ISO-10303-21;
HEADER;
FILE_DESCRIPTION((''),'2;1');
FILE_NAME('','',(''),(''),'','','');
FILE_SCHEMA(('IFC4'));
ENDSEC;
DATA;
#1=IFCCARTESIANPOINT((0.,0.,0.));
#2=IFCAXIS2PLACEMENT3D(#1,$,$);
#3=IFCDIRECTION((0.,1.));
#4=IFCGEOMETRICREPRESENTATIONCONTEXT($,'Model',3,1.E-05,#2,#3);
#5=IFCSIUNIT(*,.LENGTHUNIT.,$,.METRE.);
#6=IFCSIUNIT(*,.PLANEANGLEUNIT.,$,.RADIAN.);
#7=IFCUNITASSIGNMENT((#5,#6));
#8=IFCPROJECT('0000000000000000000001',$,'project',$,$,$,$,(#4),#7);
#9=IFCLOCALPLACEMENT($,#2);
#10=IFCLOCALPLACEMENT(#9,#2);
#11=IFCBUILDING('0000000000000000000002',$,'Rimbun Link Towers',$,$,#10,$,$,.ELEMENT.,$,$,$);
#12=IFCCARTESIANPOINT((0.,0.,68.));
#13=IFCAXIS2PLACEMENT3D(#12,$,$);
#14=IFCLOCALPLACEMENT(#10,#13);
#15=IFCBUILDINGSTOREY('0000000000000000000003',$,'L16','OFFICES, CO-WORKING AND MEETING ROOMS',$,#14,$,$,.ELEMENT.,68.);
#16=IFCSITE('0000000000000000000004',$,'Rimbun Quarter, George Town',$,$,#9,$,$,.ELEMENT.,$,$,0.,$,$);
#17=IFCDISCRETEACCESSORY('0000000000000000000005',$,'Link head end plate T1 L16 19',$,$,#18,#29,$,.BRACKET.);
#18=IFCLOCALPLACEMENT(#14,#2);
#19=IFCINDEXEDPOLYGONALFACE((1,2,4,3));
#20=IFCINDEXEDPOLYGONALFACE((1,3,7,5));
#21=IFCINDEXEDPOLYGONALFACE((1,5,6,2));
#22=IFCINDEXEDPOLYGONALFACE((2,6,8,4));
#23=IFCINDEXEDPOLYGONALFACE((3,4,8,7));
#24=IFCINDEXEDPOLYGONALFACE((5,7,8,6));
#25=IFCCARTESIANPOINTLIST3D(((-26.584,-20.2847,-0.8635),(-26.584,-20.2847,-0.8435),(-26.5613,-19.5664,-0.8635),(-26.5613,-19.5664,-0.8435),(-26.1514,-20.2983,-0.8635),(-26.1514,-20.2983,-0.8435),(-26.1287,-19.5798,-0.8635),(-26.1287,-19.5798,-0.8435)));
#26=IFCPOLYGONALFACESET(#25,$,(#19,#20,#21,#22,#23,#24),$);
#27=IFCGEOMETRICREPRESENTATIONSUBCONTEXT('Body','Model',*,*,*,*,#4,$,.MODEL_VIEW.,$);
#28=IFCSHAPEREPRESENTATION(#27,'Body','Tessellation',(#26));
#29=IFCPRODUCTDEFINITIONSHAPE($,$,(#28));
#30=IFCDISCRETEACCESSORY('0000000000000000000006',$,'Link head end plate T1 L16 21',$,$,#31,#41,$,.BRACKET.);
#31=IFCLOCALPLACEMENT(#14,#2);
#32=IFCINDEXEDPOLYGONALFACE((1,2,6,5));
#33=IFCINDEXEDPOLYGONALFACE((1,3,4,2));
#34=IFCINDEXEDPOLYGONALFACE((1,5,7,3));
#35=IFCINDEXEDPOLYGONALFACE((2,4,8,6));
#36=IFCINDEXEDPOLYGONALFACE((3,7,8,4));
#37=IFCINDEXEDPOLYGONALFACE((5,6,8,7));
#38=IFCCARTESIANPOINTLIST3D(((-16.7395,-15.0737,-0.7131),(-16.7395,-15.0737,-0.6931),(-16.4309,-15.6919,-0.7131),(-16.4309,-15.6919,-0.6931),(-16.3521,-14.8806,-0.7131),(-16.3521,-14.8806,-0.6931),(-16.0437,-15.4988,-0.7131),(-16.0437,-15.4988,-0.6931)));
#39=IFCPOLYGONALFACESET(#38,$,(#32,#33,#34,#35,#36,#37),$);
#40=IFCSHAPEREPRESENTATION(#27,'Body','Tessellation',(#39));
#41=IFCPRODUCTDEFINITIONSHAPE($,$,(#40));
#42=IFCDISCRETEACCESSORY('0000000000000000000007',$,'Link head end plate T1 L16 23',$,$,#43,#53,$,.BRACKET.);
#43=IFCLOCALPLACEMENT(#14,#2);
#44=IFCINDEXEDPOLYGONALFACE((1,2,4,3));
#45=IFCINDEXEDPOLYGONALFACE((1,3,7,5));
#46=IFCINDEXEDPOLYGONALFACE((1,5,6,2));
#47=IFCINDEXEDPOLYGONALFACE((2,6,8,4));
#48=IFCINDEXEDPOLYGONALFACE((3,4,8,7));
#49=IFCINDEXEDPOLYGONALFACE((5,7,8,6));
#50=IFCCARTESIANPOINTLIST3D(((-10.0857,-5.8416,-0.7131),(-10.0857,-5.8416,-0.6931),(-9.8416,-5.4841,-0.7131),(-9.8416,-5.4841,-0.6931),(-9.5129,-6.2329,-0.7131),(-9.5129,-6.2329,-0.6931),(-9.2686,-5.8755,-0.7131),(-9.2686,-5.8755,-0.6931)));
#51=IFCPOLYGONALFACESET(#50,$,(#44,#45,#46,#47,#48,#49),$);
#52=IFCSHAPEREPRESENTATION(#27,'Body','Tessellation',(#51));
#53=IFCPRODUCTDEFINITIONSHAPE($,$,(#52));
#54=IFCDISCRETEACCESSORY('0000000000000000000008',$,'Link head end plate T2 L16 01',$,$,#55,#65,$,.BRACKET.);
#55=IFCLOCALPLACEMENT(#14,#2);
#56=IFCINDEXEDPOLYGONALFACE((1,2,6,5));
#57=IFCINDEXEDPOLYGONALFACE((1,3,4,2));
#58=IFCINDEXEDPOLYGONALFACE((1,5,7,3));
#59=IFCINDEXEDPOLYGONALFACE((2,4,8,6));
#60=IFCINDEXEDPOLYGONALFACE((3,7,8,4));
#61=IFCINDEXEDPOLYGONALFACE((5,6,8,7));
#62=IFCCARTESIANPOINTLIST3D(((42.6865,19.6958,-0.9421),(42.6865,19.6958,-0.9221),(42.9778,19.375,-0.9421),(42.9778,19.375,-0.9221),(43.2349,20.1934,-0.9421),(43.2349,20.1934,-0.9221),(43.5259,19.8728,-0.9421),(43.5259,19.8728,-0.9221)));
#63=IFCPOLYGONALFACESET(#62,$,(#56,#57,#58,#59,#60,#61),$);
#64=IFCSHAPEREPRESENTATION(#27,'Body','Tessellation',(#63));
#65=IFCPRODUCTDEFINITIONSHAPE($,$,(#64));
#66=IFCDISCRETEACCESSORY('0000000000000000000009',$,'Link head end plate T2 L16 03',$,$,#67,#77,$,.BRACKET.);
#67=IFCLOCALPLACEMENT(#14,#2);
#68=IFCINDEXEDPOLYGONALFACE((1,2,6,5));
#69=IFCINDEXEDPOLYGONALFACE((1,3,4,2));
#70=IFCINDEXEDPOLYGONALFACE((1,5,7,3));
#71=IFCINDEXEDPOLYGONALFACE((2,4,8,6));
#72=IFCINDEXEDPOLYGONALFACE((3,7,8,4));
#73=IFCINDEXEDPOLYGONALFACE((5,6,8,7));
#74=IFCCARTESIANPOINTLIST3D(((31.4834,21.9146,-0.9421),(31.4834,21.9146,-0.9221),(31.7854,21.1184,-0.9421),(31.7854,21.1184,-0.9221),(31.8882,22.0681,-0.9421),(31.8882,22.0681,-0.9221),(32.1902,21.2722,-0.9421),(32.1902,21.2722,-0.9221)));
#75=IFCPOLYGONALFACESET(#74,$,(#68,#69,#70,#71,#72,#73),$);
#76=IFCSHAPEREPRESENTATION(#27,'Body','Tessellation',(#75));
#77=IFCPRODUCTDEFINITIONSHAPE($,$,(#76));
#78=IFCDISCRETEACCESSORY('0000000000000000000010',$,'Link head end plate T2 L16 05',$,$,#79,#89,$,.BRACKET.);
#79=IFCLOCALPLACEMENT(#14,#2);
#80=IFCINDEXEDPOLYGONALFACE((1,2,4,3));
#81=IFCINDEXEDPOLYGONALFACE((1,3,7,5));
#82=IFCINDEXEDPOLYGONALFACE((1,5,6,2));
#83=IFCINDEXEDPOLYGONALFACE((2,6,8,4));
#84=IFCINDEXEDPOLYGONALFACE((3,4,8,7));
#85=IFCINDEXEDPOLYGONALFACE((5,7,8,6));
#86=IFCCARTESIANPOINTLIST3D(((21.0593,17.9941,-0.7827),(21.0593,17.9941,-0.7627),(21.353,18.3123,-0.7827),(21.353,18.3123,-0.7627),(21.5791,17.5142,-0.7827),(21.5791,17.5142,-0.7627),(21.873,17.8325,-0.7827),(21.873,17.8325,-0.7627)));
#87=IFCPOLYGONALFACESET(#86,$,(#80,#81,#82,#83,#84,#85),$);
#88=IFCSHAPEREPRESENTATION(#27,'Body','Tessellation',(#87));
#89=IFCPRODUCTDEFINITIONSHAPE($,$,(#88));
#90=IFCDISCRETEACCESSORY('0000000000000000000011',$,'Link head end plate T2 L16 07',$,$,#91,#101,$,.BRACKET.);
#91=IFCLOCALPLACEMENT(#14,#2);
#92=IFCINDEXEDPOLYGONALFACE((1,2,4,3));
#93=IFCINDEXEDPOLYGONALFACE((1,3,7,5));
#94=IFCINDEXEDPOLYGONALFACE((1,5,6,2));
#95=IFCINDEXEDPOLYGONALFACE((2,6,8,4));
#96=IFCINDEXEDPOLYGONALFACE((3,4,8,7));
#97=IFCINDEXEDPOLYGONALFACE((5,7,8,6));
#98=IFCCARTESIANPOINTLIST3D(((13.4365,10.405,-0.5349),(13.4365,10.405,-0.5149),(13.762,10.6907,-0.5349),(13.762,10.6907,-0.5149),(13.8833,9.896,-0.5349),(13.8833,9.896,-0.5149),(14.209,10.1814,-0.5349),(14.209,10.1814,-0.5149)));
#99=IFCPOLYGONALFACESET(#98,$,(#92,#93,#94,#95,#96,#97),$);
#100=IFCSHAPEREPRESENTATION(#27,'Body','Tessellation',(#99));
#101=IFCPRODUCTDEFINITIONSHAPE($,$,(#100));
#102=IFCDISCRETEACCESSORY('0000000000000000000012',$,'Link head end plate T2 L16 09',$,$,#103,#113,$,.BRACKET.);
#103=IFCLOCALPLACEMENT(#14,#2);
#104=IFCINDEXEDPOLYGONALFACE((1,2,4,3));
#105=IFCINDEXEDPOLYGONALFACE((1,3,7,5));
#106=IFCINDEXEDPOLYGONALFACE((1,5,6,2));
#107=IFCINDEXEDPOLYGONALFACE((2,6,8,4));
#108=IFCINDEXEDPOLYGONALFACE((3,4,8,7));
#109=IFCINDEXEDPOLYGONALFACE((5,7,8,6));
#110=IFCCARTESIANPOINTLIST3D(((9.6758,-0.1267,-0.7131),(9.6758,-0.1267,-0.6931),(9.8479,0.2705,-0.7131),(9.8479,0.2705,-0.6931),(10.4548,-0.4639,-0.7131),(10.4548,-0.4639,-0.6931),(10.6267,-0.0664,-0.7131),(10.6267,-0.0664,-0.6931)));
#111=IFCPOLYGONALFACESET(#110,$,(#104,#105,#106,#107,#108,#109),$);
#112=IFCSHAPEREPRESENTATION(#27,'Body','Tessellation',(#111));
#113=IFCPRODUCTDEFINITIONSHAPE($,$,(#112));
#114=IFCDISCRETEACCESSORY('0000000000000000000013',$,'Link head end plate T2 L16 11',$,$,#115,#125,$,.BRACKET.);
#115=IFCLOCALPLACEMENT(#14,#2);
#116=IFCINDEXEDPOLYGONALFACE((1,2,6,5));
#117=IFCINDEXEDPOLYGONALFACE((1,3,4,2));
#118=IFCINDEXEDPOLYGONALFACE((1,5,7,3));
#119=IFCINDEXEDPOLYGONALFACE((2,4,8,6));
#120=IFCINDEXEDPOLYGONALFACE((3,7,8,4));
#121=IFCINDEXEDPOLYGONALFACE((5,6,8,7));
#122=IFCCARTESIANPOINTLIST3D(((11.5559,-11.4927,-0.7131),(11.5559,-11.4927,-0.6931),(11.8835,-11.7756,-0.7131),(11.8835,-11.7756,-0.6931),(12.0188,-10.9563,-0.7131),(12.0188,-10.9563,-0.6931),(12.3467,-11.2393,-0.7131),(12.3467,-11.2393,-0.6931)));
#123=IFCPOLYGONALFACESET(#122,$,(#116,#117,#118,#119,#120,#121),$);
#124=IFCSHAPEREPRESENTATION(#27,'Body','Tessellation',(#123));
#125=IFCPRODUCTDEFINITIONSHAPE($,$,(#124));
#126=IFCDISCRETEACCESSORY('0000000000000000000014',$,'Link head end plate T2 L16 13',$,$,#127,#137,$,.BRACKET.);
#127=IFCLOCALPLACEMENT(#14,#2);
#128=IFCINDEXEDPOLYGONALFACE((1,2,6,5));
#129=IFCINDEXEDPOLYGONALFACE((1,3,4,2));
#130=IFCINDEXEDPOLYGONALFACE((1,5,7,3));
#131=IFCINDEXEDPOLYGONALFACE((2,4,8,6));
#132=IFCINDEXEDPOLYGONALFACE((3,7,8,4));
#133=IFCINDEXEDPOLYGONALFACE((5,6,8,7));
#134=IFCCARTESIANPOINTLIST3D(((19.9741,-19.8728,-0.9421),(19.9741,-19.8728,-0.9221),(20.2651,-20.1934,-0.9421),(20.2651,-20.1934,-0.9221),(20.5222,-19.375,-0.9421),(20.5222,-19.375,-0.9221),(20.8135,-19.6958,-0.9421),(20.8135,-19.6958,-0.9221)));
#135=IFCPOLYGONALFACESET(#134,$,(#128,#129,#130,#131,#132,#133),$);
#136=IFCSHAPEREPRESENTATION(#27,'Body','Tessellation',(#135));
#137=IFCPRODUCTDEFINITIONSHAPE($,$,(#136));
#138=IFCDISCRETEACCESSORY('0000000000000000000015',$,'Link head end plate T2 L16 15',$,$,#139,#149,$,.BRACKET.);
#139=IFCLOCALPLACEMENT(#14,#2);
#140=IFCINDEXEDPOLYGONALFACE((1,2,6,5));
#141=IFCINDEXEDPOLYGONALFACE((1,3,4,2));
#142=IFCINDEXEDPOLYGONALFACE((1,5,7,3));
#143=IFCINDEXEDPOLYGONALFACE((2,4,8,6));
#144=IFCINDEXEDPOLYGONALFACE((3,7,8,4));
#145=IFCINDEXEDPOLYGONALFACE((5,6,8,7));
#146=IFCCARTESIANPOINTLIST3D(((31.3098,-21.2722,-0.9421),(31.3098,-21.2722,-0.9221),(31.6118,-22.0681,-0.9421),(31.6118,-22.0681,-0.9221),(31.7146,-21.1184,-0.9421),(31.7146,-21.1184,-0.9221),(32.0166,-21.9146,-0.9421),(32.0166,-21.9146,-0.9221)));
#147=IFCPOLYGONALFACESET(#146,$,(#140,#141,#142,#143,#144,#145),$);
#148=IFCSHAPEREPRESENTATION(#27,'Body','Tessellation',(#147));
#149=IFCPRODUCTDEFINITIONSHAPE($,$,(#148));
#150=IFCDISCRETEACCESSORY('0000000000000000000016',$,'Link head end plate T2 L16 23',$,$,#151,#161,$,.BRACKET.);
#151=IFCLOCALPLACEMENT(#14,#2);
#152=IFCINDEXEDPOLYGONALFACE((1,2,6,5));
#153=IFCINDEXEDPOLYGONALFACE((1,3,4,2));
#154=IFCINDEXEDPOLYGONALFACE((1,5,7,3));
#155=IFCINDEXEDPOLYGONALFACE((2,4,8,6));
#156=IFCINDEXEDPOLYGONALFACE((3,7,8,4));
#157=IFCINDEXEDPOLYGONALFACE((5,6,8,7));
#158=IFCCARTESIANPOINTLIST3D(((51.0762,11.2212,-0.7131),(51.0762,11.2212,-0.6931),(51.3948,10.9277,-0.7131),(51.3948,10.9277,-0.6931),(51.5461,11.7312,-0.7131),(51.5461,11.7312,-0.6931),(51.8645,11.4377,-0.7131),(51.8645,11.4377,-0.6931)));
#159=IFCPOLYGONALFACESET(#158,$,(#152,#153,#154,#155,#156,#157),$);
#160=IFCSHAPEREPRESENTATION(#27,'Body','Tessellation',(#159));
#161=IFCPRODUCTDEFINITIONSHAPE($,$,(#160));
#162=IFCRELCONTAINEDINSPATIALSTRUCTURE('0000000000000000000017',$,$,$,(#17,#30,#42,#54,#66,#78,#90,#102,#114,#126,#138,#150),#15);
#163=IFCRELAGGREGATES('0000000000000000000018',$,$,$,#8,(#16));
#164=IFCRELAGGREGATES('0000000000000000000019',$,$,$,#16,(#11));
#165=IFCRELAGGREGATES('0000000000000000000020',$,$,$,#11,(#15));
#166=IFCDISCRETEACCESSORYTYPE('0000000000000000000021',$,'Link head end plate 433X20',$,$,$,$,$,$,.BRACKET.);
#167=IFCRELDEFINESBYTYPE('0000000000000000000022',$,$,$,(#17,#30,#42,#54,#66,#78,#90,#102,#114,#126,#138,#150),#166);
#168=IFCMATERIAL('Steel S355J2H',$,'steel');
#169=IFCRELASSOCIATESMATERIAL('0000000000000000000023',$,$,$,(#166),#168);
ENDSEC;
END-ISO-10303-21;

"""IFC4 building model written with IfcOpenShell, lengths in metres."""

from ifc_helpers import new_model, si_unit, direction, frame, origin, origin_2d, place, context, subcontext, project, spatial, polyline, rectangle, outline, extrude, material, material_profile, profile_set, type_object, element, save


model = new_model("IFC4")

# Units and contexts
model_context = context("Model", 3, precision=1e-05, world=origin(), true_north=direction((0.0, 1.0)))
body_context = subcontext(model_context, "Body", "Model", "MODEL_VIEW")
ifc_project = project(units=[si_unit("LENGTHUNIT", "METRE"), si_unit("PLANEANGLEUNIT", "RADIAN")], contexts=[model_context])

# Site, building, storey
site_placement = place(None, origin())
site = spatial("IfcSite", under=ifc_project, at=site_placement, Name="Rimbun Quarter, George Town", CompositionType="ELEMENT", RefElevation=0.0)
building_placement = place(site_placement, origin())
building = spatial("IfcBuilding", under=site, at=building_placement, Name="Rimbun Link Towers", CompositionType="ELEMENT")
storey_placement = place(building_placement, frame((0.0, 0.0, 68.0)))
storey = spatial("IfcBuildingStorey", under=building, at=storey_placement, Name="L16", Description="OFFICES, CO-WORKING AND MEETING ROOMS", CompositionType="ELEMENT", Elevation=68.0)

# Discrete accessories
ifc_material_1 = material(Name="Steel S355J2H", Category="steel")
ifc_material_profile_1 = material_profile(ifc_material_1, rectangle(XDim=0.4331, YDim=0.4331, at=origin_2d()), Name="PL 433x433")
ifc_profile_set_1 = profile_set([ifc_material_profile_1], Name="Steel S355J2H")
discrete_accessory_type_1 = type_object("IfcDiscreteAccessoryType", Name="Link head end plate 433X20", PredefinedType="BRACKET", material=ifc_profile_set_1)
discrete_accessory_1_placement = place(storey_placement, frame((0.0, 0.0, -0.8635)))
element("IfcDiscreteAccessory", 1, at=discrete_accessory_1_placement, inside=storey, type_object=discrete_accessory_type_1, Name="Link head end plate T1 L16 19", PredefinedType="BRACKET", context=body_context, shape_type="SweptSolid", body=[
    extrude(outline(polyline([(-26.5613, -19.5664), (-26.584, -20.2847), (-26.1514, -20.2983), (-26.1287, -19.5798), (-26.5613, -19.5664)])), origin(), (0.0, 0.0, 1.0), 0.02),
])
discrete_accessory_2_placement = place(storey_placement, frame((0.0, 0.0, -0.7131)))
element("IfcDiscreteAccessory", 2, at=discrete_accessory_2_placement, inside=storey, type_object=discrete_accessory_type_1, Name="Link head end plate T1 L16 21", PredefinedType="BRACKET", context=body_context, shape_type="SweptSolid", body=[
    extrude(outline(polyline([(-16.7395, -15.0737), (-16.4309, -15.6919), (-16.0437, -15.4988), (-16.3521, -14.8806), (-16.7395, -15.0737)])), origin(), (0.0, 0.0, 1.0), 0.02),
])
discrete_accessory_3_placement = place(storey_placement, frame((0.0, 0.0, -0.7131)))
element("IfcDiscreteAccessory", 3, at=discrete_accessory_3_placement, inside=storey, type_object=discrete_accessory_type_1, Name="Link head end plate T1 L16 23", PredefinedType="BRACKET", context=body_context, shape_type="SweptSolid", body=[
    extrude(outline(polyline([(-10.0857, -5.8416), (-9.5129, -6.2329), (-9.2686, -5.8755), (-9.8416, -5.4841), (-10.0857, -5.8416)])), origin(), (0.0, 0.0, 1.0), 0.02),
])
discrete_accessory_4_placement = place(storey_placement, frame((0.0, 0.0, -0.9421)))
element("IfcDiscreteAccessory", 4, at=discrete_accessory_4_placement, inside=storey, type_object=discrete_accessory_type_1, Name="Link head end plate T2 L16 01", PredefinedType="BRACKET", context=body_context, shape_type="SweptSolid", body=[
    extrude(outline(polyline([(42.9778, 19.375), (43.5259, 19.8728), (43.2349, 20.1934), (42.6865, 19.6958), (42.9778, 19.375)])), origin(), (0.0, 0.0, 1.0), 0.02),
])
discrete_accessory_5_placement = place(storey_placement, frame((0.0, 0.0, -0.9421)))
element("IfcDiscreteAccessory", 5, at=discrete_accessory_5_placement, inside=storey, type_object=discrete_accessory_type_1, Name="Link head end plate T2 L16 03", PredefinedType="BRACKET", context=body_context, shape_type="SweptSolid", body=[
    extrude(outline(polyline([(32.1902, 21.2722), (31.8882, 22.0681), (31.4834, 21.9146), (31.7854, 21.1184), (32.1902, 21.2722)])), origin(), (0.0, 0.0, 1.0), 0.02),
])
discrete_accessory_6_placement = place(storey_placement, frame((0.0, 0.0, -0.7827)))
element("IfcDiscreteAccessory", 6, at=discrete_accessory_6_placement, inside=storey, type_object=discrete_accessory_type_1, Name="Link head end plate T2 L16 05", PredefinedType="BRACKET", context=body_context, shape_type="SweptSolid", body=[
    extrude(outline(polyline([(21.873, 17.8325), (21.353, 18.3123), (21.0593, 17.9941), (21.5791, 17.5142), (21.873, 17.8325)])), origin(), (0.0, 0.0, 1.0), 0.02),
])
discrete_accessory_7_placement = place(storey_placement, frame((0.0, 0.0, -0.5349)))
element("IfcDiscreteAccessory", 7, at=discrete_accessory_7_placement, inside=storey, type_object=discrete_accessory_type_1, Name="Link head end plate T2 L16 07", PredefinedType="BRACKET", context=body_context, shape_type="SweptSolid", body=[
    extrude(outline(polyline([(14.209, 10.1814), (13.762, 10.6907), (13.4365, 10.405), (13.8833, 9.896), (14.209, 10.1814)])), origin(), (0.0, 0.0, 1.0), 0.02),
])
discrete_accessory_8_placement = place(storey_placement, frame((0.0, 0.0, -0.7131)))
element("IfcDiscreteAccessory", 8, at=discrete_accessory_8_placement, inside=storey, type_object=discrete_accessory_type_1, Name="Link head end plate T2 L16 09", PredefinedType="BRACKET", context=body_context, shape_type="SweptSolid", body=[
    extrude(outline(polyline([(10.6267, -0.0664), (9.8479, 0.2705), (9.6758, -0.1267), (10.4548, -0.4639), (10.6267, -0.0664)])), origin(), (0.0, 0.0, 1.0), 0.02),
])
discrete_accessory_9_placement = place(storey_placement, frame((0.0, 0.0, -0.7131)))
element("IfcDiscreteAccessory", 9, at=discrete_accessory_9_placement, inside=storey, type_object=discrete_accessory_type_1, Name="Link head end plate T2 L16 11", PredefinedType="BRACKET", context=body_context, shape_type="SweptSolid", body=[
    extrude(outline(polyline([(12.0188, -10.9563), (11.5559, -11.4927), (11.8835, -11.7756), (12.3467, -11.2393), (12.0188, -10.9563)])), origin(), (0.0, 0.0, 1.0), 0.02),
])
discrete_accessory_10_placement = place(storey_placement, frame((0.0, 0.0, -0.9421)))
element("IfcDiscreteAccessory", 10, at=discrete_accessory_10_placement, inside=storey, type_object=discrete_accessory_type_1, Name="Link head end plate T2 L16 13", PredefinedType="BRACKET", context=body_context, shape_type="SweptSolid", body=[
    extrude(outline(polyline([(20.5222, -19.375), (19.9741, -19.8728), (20.2651, -20.1934), (20.8135, -19.6958), (20.5222, -19.375)])), origin(), (0.0, 0.0, 1.0), 0.02),
])
discrete_accessory_11_placement = place(storey_placement, frame((0.0, 0.0, -0.9421)))
element("IfcDiscreteAccessory", 11, at=discrete_accessory_11_placement, inside=storey, type_object=discrete_accessory_type_1, Name="Link head end plate T2 L16 15", PredefinedType="BRACKET", context=body_context, shape_type="SweptSolid", body=[
    extrude(outline(polyline([(31.3098, -21.2722), (31.6118, -22.0681), (32.0166, -21.9146), (31.7146, -21.1184), (31.3098, -21.2722)])), origin(), (0.0, 0.0, 1.0), 0.02),
])
discrete_accessory_12_placement = place(storey_placement, frame((0.0, 0.0, -0.7131)))
element("IfcDiscreteAccessory", 12, at=discrete_accessory_12_placement, inside=storey, type_object=discrete_accessory_type_1, Name="Link head end plate T2 L16 23", PredefinedType="BRACKET", context=body_context, shape_type="SweptSolid", body=[
    extrude(outline(polyline([(51.3948, 10.9277), (51.8645, 11.4377), (51.5461, 11.7312), (51.0762, 11.2212), (51.3948, 10.9277)])), origin(), (0.0, 0.0, 1.0), 0.02),
])

save(model, "model.ifc")
